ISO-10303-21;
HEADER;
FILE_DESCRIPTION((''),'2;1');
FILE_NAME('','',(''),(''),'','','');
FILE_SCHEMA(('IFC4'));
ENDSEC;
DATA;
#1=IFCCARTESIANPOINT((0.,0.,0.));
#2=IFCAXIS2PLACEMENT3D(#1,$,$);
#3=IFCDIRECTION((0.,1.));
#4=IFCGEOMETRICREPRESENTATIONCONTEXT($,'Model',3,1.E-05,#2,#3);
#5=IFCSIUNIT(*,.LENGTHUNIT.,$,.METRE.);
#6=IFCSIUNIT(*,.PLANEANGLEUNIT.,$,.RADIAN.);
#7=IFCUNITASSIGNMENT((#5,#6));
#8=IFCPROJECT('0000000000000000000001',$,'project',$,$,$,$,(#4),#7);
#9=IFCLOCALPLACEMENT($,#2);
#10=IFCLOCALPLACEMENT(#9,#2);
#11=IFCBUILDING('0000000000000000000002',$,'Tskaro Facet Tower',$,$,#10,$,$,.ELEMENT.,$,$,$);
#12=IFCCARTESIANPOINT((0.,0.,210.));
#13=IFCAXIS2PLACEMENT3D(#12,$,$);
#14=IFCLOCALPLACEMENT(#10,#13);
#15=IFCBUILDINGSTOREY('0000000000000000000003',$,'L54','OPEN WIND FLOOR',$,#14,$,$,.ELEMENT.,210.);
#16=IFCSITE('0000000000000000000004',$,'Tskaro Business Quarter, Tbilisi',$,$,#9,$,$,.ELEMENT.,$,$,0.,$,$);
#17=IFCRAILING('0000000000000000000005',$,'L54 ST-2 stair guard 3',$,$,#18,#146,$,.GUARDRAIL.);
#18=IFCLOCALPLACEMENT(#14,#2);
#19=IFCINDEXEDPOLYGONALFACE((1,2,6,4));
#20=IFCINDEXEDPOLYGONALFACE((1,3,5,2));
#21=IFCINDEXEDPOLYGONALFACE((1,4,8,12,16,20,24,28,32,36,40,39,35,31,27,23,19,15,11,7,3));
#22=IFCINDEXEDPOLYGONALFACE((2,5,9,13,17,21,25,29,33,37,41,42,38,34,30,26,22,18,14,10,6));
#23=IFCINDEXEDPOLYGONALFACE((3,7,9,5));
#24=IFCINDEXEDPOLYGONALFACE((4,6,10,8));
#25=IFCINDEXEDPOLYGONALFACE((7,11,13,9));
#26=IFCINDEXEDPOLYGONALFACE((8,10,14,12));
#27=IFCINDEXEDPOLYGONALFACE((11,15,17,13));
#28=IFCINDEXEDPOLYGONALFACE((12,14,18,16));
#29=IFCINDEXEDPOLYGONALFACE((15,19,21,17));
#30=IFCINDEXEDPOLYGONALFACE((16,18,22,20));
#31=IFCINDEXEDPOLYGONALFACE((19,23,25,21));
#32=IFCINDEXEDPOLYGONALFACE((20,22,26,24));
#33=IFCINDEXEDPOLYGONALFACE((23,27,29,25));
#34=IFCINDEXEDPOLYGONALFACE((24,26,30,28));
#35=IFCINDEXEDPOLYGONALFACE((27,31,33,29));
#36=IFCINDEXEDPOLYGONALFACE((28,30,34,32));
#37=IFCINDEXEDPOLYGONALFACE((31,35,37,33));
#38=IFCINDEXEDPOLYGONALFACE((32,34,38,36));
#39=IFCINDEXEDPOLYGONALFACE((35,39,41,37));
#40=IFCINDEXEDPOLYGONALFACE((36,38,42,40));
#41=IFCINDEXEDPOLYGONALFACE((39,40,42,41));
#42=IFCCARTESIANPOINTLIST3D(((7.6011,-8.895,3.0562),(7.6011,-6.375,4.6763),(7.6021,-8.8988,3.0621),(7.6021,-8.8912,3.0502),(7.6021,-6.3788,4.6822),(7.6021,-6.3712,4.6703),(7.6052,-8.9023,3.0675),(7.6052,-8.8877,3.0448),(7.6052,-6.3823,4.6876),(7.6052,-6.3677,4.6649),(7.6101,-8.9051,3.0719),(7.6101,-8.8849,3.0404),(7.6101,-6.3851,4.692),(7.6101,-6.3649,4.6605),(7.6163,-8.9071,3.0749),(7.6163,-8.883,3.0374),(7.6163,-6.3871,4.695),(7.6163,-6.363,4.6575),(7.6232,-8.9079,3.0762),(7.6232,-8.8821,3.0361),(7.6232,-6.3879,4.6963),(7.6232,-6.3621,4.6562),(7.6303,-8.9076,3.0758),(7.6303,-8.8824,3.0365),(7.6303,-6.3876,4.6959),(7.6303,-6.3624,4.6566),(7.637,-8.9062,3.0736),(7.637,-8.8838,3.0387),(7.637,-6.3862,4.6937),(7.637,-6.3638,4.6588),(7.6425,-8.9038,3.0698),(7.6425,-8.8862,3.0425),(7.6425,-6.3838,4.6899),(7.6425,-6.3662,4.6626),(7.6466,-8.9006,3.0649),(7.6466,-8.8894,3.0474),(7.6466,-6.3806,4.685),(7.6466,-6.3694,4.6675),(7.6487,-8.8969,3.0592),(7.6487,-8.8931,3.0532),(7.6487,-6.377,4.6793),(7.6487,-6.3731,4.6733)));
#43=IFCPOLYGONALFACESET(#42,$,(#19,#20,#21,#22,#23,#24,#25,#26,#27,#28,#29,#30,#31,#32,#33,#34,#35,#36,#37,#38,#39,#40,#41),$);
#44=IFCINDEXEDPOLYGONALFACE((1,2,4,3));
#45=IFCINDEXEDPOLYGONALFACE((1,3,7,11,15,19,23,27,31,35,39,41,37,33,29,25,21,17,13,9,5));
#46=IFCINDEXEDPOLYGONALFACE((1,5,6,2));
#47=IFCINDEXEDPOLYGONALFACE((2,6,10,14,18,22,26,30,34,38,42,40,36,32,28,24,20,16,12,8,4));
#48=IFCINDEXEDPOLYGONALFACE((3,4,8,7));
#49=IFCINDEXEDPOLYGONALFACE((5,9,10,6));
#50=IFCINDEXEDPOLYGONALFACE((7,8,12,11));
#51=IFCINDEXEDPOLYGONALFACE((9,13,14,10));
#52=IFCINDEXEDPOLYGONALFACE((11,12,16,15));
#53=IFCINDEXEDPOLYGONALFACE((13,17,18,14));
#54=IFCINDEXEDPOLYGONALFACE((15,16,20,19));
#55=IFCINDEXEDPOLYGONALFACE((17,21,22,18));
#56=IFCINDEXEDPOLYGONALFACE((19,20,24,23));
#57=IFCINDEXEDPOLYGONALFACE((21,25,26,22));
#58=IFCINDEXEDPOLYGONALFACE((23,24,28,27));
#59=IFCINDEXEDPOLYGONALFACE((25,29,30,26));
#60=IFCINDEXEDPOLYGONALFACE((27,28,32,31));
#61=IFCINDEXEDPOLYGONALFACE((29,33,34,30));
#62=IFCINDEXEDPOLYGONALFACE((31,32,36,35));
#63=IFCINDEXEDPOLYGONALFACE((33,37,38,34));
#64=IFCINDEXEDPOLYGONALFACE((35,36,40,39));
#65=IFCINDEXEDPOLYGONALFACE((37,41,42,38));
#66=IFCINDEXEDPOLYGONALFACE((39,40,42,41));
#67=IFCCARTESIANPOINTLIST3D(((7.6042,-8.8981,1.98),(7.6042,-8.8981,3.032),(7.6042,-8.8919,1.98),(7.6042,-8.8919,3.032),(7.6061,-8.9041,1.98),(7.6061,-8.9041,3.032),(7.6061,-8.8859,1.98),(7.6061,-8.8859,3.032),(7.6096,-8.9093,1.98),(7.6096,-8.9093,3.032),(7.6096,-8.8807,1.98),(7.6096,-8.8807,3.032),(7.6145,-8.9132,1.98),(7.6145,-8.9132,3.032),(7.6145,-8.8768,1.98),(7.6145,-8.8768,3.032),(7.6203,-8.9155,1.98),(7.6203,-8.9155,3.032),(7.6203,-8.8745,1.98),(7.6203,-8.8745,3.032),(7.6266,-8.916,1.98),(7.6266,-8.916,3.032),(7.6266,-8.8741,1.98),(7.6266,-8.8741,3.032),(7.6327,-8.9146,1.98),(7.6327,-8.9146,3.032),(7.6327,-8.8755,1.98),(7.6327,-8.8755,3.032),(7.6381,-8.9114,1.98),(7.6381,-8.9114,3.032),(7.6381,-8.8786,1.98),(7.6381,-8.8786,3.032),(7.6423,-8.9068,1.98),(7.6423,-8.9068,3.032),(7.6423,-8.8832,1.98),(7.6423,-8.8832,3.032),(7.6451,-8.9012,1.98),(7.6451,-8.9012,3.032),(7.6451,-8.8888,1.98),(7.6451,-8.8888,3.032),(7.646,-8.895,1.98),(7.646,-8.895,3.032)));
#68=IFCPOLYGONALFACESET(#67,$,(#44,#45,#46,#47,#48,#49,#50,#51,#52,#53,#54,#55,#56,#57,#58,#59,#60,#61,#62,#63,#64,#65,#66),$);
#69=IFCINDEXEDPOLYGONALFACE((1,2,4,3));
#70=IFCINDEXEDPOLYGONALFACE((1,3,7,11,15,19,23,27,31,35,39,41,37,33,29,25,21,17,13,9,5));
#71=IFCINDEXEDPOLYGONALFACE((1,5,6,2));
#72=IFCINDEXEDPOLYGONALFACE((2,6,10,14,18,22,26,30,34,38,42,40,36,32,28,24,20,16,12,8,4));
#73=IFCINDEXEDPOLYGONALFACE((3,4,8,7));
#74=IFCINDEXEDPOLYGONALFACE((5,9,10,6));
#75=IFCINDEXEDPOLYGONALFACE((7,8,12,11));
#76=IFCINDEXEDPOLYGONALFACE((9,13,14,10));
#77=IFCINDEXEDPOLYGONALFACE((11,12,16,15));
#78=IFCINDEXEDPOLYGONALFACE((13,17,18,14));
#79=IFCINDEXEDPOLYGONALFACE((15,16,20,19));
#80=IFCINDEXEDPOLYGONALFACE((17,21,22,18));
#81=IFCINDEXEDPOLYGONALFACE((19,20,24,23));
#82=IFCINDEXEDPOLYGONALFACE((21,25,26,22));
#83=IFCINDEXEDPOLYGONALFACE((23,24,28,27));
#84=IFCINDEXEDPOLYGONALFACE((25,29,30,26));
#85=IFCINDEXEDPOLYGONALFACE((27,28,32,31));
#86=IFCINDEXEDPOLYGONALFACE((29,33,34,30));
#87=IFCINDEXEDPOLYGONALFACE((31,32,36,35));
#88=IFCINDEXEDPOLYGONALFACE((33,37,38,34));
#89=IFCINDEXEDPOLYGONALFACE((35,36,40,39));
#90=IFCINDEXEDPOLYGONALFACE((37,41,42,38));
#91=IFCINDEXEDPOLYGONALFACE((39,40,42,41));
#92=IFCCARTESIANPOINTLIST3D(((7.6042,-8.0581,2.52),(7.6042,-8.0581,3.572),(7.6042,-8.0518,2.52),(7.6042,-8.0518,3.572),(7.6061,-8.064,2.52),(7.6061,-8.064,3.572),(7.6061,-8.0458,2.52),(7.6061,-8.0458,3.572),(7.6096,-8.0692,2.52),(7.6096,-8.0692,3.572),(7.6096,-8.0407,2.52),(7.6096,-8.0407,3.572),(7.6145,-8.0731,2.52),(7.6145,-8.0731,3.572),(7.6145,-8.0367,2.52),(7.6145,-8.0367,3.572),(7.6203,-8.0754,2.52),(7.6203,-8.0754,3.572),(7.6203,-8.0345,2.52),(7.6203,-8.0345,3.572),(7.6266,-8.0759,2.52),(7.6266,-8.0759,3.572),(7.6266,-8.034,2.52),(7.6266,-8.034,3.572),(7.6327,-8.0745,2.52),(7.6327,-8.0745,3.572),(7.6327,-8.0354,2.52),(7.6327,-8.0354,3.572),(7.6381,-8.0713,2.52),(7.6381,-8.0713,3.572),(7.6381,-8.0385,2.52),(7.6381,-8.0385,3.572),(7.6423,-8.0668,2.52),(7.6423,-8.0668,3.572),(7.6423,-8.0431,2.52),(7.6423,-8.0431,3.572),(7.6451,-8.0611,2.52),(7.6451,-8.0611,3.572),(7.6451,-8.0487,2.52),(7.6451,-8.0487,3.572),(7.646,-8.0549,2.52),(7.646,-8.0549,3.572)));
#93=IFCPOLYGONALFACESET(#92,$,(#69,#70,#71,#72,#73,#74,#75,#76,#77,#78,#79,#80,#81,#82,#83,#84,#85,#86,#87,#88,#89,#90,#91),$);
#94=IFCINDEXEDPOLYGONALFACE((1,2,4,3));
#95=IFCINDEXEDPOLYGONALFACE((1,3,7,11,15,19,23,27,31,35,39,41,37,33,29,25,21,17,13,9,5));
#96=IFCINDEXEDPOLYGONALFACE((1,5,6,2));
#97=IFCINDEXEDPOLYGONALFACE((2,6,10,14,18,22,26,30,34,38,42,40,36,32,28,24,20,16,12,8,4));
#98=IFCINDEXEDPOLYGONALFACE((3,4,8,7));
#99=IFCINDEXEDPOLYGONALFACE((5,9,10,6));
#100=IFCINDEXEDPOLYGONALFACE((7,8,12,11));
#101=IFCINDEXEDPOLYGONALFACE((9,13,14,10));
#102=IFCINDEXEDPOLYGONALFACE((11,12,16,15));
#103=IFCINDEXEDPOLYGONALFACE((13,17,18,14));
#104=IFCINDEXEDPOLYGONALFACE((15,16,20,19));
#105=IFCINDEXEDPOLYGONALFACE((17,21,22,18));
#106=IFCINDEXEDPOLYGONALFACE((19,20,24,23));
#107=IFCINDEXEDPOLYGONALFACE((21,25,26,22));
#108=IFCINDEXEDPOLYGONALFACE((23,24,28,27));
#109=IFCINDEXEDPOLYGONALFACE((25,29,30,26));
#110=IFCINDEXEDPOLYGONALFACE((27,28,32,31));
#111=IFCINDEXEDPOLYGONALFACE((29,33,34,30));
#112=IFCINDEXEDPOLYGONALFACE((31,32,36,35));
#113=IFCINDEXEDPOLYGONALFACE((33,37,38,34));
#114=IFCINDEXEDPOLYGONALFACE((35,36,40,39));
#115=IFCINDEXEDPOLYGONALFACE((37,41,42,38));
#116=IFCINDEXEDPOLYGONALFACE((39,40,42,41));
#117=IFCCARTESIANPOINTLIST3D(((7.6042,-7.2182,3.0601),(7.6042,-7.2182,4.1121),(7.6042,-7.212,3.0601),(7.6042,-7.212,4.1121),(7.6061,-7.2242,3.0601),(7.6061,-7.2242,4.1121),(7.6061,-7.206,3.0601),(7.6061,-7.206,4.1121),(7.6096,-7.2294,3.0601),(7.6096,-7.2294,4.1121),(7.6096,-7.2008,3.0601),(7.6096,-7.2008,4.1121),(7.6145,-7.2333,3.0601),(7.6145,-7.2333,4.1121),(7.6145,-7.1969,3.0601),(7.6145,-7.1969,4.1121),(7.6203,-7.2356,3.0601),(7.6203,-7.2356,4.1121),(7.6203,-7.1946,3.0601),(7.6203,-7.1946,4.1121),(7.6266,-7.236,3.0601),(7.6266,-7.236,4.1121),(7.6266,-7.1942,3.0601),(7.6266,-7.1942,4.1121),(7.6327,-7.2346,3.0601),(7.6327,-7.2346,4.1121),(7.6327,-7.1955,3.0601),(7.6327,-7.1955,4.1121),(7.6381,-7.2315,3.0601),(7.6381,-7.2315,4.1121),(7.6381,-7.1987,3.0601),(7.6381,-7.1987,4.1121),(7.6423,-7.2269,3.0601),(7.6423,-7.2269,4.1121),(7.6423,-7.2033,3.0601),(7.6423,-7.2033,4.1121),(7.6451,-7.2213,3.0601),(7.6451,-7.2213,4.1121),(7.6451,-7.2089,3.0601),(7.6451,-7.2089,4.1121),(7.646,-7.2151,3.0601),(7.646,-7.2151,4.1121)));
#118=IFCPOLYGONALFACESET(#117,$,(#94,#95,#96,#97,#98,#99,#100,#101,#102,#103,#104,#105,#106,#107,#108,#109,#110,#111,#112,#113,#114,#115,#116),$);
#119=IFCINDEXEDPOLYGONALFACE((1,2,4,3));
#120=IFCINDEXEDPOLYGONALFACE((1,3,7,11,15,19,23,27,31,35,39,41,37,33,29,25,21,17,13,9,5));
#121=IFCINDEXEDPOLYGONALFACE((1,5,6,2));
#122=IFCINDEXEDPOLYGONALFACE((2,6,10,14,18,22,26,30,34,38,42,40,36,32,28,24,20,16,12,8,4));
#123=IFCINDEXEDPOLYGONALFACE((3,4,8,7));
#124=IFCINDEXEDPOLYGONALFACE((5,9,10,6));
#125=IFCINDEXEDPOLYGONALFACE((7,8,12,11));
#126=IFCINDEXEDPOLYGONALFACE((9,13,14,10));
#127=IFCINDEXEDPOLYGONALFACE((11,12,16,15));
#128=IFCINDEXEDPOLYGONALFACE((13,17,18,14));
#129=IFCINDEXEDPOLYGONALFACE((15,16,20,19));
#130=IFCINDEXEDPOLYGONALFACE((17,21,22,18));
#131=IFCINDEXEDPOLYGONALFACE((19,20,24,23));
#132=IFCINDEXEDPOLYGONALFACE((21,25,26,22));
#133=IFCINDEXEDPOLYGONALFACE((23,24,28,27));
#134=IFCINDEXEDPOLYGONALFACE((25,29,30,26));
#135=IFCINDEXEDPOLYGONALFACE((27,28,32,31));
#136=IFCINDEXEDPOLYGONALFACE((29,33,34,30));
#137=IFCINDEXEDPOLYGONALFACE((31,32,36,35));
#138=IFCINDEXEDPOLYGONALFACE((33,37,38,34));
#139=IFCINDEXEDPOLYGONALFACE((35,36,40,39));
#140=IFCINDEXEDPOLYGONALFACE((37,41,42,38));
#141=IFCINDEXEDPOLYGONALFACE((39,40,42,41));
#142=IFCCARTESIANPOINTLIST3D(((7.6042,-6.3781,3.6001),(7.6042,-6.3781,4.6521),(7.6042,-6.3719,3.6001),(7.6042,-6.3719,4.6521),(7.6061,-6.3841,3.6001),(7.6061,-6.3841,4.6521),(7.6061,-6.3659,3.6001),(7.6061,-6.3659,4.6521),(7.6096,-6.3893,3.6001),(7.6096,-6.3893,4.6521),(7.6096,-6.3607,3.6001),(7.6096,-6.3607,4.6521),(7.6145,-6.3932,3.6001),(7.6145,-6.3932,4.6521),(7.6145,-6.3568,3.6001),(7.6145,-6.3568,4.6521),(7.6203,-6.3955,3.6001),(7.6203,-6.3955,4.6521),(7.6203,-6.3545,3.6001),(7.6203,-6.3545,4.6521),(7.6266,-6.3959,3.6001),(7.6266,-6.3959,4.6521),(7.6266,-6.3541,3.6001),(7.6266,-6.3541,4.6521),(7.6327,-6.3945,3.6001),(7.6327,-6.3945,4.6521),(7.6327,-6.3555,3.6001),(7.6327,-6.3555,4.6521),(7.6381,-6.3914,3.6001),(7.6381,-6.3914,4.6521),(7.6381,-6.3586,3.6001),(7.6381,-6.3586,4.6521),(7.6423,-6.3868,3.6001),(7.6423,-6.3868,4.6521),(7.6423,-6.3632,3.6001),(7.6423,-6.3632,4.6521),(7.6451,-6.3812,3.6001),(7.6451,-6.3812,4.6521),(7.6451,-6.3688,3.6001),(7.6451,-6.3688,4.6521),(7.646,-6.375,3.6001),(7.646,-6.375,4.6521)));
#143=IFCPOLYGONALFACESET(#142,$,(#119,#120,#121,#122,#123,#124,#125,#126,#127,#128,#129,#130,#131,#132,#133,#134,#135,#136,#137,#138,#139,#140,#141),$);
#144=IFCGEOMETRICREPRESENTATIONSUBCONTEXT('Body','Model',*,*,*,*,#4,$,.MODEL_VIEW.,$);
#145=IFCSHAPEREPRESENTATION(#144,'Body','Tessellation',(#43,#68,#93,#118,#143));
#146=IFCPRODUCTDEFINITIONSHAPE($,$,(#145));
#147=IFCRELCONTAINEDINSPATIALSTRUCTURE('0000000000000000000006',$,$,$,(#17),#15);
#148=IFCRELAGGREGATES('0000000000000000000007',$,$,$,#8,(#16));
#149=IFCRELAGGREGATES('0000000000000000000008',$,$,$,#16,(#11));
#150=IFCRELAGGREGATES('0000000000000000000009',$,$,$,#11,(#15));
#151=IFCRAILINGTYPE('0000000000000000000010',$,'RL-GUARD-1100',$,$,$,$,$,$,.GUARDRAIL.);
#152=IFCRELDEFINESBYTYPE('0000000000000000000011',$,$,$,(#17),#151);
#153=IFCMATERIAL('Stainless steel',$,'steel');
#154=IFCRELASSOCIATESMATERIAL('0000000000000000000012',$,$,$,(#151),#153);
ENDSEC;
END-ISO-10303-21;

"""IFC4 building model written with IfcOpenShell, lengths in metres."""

from ifc_helpers import new_model, si_unit, direction, frame, origin, origin_2d, place, context, subcontext, project, spatial, circle, extrude, material, type_object, element, save


model = new_model("IFC4")

# Units and contexts
model_context = context("Model", 3, precision=1e-05, world=origin(), true_north=direction((0.0, 1.0)))
body_context = subcontext(model_context, "Body", "Model", "MODEL_VIEW")
ifc_project = project(units=[si_unit("LENGTHUNIT", "METRE"), si_unit("PLANEANGLEUNIT", "RADIAN")], contexts=[model_context])

# Site, building, storey
site_placement = place(None, origin())
site = spatial("IfcSite", under=ifc_project, at=site_placement, Name="Tskaro Business Quarter, Tbilisi", CompositionType="ELEMENT", RefElevation=0.0)
building_placement = place(site_placement, origin())
building = spatial("IfcBuilding", under=site, at=building_placement, Name="Tskaro Facet Tower", CompositionType="ELEMENT")
storey_placement = place(building_placement, frame((0.0, 0.0, 210.0)))
storey = spatial("IfcBuildingStorey", under=building, at=storey_placement, Name="L54", Description="OPEN WIND FLOOR", CompositionType="ELEMENT", Elevation=210.0)

# Railing
ifc_material_1 = material(Name="Stainless steel", Category="steel")
railing_type = type_object("IfcRailingType", Name="RL-GUARD-1100", PredefinedType="GUARDRAIL", material=ifc_material_1)
railing_1_placement = place(storey_placement, frame((7.625, -8.895, 1.98)))
element("IfcRailing", 1, at=railing_1_placement, inside=storey, type_object=railing_type, Name="L54 ST-2 stair guard 3", PredefinedType="GUARDRAIL", context=body_context, shape_type="SweptSolid", body=[
    extrude(circle(Radius=0.0239, at=origin_2d()), frame((0.0, 0.0, 1.0762), z_axis=(0.0, 0.841163, 0.540782), x_axis=(-1.0, 0.0, 0.0)), (0.0, 0.0, 1.0), 2.9958),
    extrude(circle(Radius=0.021, at=origin_2d()), origin(), (0.0, 0.0, 1.0), 1.052),
    extrude(circle(Radius=0.021, at=origin_2d()), frame((0.0, 0.8401, 0.54)), (0.0, 0.0, 1.0), 1.052),
    extrude(circle(Radius=0.021, at=origin_2d()), frame((0.0, 1.6799, 1.0801)), (0.0, 0.0, 1.0), 1.052),
    extrude(circle(Radius=0.021, at=origin_2d()), frame((0.0, 2.52, 1.6201)), (0.0, 0.0, 1.0), 1.052),
])

save(model, "model.ifc")
